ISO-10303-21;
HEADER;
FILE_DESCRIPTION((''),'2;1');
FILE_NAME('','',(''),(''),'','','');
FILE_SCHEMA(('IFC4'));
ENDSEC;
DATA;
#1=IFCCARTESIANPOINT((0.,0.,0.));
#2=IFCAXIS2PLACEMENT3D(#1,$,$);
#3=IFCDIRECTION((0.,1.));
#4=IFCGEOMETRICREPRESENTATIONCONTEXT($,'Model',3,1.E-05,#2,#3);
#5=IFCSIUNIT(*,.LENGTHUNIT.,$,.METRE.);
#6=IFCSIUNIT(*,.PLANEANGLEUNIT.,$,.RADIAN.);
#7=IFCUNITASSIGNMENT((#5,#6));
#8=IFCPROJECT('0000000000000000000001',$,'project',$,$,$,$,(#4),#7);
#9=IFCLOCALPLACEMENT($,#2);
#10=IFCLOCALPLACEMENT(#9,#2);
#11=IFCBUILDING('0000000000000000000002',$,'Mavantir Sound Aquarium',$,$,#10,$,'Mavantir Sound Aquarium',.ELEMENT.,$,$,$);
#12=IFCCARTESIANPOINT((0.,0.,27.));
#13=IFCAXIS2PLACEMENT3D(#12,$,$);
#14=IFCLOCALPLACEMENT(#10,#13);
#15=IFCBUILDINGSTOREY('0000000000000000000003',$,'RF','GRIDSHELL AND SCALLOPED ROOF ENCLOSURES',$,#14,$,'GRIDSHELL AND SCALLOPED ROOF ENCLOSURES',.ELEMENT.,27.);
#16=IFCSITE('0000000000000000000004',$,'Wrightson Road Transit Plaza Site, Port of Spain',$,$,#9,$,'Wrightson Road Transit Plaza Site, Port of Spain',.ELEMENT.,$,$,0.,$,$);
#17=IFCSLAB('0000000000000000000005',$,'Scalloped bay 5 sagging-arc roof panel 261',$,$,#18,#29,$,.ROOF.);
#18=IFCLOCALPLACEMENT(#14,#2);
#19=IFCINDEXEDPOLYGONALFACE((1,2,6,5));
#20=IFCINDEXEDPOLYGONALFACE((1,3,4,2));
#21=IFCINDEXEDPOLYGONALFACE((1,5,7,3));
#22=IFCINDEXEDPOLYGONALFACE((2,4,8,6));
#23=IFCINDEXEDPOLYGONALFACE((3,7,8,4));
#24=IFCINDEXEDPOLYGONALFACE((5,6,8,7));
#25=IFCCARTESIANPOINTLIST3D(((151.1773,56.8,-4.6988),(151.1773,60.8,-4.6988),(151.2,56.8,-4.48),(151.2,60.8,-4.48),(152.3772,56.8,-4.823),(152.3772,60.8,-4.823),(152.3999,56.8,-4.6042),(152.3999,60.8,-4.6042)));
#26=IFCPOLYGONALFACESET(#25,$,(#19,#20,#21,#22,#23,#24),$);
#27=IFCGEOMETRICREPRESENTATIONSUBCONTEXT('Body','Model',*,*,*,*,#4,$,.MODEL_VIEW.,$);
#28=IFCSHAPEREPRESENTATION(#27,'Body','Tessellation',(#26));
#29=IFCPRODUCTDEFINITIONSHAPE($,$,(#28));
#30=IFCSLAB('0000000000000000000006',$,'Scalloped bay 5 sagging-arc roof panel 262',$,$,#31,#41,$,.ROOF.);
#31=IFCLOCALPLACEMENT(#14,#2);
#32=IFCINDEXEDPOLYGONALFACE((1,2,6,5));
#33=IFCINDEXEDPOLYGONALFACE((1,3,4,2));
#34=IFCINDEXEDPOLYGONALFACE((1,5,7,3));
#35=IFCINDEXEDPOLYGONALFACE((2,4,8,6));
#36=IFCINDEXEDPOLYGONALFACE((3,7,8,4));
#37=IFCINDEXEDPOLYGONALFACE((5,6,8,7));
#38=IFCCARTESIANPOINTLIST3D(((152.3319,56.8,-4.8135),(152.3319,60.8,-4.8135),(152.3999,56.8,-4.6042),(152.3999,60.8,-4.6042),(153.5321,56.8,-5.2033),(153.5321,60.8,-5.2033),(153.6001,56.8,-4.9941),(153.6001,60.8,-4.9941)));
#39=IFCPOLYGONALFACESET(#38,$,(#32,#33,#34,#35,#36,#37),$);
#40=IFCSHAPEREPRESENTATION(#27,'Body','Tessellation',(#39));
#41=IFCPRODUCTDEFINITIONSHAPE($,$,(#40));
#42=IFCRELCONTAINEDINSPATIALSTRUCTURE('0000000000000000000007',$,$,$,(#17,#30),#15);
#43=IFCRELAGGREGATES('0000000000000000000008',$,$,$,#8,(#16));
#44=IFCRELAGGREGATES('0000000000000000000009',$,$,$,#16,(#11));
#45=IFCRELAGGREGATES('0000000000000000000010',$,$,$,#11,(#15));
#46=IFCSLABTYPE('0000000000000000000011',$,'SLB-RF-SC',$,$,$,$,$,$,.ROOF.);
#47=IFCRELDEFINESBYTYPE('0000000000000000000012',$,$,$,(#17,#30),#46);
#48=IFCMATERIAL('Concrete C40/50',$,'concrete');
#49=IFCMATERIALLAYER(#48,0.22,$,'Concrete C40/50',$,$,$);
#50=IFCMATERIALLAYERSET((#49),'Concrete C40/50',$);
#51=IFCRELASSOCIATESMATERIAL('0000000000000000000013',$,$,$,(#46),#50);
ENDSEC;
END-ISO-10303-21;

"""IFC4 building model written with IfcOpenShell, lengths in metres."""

from ifc_helpers import new_model, si_unit, direction, frame, origin, place, context, subcontext, project, spatial, polyline, outline, extrude, material, layer, layer_set, type_object, element, save


model = new_model("IFC4")

# Units and contexts
model_context = context("Model", 3, precision=1e-05, world=origin(), true_north=direction((0.0, 1.0)))
body_context = subcontext(model_context, "Body", "Model", "MODEL_VIEW")
ifc_project = project(units=[si_unit("LENGTHUNIT", "METRE"), si_unit("PLANEANGLEUNIT", "RADIAN")], contexts=[model_context])

# Site, building, storey
site_placement = place(None, origin())
site = spatial("IfcSite", under=ifc_project, at=site_placement, Name="Wrightson Road Transit Plaza Site, Port of Spain", LongName="Wrightson Road Transit Plaza Site, Port of Spain", CompositionType="ELEMENT", RefElevation=0.0)
building_placement = place(site_placement, origin())
building = spatial("IfcBuilding", under=site, at=building_placement, Name="Mavantir Sound Aquarium", LongName="Mavantir Sound Aquarium", CompositionType="ELEMENT")
storey_placement = place(building_placement, frame((0.0, 0.0, 27.0)))
storey = spatial("IfcBuildingStorey", under=building, at=storey_placement, Name="RF", Description="GRIDSHELL AND SCALLOPED ROOF ENCLOSURES", LongName="GRIDSHELL AND SCALLOPED ROOF ENCLOSURES", CompositionType="ELEMENT", Elevation=27.0)

# Slabs
ifc_material_1 = material(Name="Concrete C40/50", Category="concrete")
ifc_layer_1 = layer(ifc_material_1, 0.22, Name="Concrete C40/50")
ifc_layer_set_1 = layer_set([ifc_layer_1], Name="Concrete C40/50")
slab_type = type_object("IfcSlabType", Name="SLB-RF-SC", PredefinedType="ROOF", material=ifc_layer_set_1)
for number, where, z_axis, x_axis, name in (
    (1, (151.2, 56.8, -4.48), (0.10301, 0.0, 0.99468), (0.99468, 0.0, -0.10301), "Scalloped bay 5 sagging-arc roof panel 261"),
):
    element("IfcSlab", number, at=place(storey_placement, frame(where, z_axis=z_axis, x_axis=x_axis)), inside=storey, type_object=slab_type, Name=name, PredefinedType="ROOF", context=body_context, shape_type="SweptSolid", body=[
        extrude(outline(polyline([(0.0, 0.0), (1.2064, 0.0), (1.2064, 4.0), (0.0, 4.0), (0.0, 0.0)])), origin(), (0.0, 0.0, -1.0), 0.22),
    ])
slab_1_placement = place(storey_placement, frame((152.3999, 56.8, -4.6042), z_axis=(0.308964, 0.0, 0.951074), x_axis=(0.951074, 0.0, -0.308964)))
element("IfcSlab", 2, at=slab_1_placement, inside=storey, type_object=slab_type, Name="Scalloped bay 5 sagging-arc roof panel 262", PredefinedType="ROOF", context=body_context, shape_type="SweptSolid", body=[
    extrude(outline(polyline([(0.0, 0.0), (1.2619, 0.0), (1.2619, 4.0), (0.0, 4.0), (0.0, 0.0)])), origin(), (0.0, 0.0, -1.0), 0.22),
])

save(model, "model.ifc")
